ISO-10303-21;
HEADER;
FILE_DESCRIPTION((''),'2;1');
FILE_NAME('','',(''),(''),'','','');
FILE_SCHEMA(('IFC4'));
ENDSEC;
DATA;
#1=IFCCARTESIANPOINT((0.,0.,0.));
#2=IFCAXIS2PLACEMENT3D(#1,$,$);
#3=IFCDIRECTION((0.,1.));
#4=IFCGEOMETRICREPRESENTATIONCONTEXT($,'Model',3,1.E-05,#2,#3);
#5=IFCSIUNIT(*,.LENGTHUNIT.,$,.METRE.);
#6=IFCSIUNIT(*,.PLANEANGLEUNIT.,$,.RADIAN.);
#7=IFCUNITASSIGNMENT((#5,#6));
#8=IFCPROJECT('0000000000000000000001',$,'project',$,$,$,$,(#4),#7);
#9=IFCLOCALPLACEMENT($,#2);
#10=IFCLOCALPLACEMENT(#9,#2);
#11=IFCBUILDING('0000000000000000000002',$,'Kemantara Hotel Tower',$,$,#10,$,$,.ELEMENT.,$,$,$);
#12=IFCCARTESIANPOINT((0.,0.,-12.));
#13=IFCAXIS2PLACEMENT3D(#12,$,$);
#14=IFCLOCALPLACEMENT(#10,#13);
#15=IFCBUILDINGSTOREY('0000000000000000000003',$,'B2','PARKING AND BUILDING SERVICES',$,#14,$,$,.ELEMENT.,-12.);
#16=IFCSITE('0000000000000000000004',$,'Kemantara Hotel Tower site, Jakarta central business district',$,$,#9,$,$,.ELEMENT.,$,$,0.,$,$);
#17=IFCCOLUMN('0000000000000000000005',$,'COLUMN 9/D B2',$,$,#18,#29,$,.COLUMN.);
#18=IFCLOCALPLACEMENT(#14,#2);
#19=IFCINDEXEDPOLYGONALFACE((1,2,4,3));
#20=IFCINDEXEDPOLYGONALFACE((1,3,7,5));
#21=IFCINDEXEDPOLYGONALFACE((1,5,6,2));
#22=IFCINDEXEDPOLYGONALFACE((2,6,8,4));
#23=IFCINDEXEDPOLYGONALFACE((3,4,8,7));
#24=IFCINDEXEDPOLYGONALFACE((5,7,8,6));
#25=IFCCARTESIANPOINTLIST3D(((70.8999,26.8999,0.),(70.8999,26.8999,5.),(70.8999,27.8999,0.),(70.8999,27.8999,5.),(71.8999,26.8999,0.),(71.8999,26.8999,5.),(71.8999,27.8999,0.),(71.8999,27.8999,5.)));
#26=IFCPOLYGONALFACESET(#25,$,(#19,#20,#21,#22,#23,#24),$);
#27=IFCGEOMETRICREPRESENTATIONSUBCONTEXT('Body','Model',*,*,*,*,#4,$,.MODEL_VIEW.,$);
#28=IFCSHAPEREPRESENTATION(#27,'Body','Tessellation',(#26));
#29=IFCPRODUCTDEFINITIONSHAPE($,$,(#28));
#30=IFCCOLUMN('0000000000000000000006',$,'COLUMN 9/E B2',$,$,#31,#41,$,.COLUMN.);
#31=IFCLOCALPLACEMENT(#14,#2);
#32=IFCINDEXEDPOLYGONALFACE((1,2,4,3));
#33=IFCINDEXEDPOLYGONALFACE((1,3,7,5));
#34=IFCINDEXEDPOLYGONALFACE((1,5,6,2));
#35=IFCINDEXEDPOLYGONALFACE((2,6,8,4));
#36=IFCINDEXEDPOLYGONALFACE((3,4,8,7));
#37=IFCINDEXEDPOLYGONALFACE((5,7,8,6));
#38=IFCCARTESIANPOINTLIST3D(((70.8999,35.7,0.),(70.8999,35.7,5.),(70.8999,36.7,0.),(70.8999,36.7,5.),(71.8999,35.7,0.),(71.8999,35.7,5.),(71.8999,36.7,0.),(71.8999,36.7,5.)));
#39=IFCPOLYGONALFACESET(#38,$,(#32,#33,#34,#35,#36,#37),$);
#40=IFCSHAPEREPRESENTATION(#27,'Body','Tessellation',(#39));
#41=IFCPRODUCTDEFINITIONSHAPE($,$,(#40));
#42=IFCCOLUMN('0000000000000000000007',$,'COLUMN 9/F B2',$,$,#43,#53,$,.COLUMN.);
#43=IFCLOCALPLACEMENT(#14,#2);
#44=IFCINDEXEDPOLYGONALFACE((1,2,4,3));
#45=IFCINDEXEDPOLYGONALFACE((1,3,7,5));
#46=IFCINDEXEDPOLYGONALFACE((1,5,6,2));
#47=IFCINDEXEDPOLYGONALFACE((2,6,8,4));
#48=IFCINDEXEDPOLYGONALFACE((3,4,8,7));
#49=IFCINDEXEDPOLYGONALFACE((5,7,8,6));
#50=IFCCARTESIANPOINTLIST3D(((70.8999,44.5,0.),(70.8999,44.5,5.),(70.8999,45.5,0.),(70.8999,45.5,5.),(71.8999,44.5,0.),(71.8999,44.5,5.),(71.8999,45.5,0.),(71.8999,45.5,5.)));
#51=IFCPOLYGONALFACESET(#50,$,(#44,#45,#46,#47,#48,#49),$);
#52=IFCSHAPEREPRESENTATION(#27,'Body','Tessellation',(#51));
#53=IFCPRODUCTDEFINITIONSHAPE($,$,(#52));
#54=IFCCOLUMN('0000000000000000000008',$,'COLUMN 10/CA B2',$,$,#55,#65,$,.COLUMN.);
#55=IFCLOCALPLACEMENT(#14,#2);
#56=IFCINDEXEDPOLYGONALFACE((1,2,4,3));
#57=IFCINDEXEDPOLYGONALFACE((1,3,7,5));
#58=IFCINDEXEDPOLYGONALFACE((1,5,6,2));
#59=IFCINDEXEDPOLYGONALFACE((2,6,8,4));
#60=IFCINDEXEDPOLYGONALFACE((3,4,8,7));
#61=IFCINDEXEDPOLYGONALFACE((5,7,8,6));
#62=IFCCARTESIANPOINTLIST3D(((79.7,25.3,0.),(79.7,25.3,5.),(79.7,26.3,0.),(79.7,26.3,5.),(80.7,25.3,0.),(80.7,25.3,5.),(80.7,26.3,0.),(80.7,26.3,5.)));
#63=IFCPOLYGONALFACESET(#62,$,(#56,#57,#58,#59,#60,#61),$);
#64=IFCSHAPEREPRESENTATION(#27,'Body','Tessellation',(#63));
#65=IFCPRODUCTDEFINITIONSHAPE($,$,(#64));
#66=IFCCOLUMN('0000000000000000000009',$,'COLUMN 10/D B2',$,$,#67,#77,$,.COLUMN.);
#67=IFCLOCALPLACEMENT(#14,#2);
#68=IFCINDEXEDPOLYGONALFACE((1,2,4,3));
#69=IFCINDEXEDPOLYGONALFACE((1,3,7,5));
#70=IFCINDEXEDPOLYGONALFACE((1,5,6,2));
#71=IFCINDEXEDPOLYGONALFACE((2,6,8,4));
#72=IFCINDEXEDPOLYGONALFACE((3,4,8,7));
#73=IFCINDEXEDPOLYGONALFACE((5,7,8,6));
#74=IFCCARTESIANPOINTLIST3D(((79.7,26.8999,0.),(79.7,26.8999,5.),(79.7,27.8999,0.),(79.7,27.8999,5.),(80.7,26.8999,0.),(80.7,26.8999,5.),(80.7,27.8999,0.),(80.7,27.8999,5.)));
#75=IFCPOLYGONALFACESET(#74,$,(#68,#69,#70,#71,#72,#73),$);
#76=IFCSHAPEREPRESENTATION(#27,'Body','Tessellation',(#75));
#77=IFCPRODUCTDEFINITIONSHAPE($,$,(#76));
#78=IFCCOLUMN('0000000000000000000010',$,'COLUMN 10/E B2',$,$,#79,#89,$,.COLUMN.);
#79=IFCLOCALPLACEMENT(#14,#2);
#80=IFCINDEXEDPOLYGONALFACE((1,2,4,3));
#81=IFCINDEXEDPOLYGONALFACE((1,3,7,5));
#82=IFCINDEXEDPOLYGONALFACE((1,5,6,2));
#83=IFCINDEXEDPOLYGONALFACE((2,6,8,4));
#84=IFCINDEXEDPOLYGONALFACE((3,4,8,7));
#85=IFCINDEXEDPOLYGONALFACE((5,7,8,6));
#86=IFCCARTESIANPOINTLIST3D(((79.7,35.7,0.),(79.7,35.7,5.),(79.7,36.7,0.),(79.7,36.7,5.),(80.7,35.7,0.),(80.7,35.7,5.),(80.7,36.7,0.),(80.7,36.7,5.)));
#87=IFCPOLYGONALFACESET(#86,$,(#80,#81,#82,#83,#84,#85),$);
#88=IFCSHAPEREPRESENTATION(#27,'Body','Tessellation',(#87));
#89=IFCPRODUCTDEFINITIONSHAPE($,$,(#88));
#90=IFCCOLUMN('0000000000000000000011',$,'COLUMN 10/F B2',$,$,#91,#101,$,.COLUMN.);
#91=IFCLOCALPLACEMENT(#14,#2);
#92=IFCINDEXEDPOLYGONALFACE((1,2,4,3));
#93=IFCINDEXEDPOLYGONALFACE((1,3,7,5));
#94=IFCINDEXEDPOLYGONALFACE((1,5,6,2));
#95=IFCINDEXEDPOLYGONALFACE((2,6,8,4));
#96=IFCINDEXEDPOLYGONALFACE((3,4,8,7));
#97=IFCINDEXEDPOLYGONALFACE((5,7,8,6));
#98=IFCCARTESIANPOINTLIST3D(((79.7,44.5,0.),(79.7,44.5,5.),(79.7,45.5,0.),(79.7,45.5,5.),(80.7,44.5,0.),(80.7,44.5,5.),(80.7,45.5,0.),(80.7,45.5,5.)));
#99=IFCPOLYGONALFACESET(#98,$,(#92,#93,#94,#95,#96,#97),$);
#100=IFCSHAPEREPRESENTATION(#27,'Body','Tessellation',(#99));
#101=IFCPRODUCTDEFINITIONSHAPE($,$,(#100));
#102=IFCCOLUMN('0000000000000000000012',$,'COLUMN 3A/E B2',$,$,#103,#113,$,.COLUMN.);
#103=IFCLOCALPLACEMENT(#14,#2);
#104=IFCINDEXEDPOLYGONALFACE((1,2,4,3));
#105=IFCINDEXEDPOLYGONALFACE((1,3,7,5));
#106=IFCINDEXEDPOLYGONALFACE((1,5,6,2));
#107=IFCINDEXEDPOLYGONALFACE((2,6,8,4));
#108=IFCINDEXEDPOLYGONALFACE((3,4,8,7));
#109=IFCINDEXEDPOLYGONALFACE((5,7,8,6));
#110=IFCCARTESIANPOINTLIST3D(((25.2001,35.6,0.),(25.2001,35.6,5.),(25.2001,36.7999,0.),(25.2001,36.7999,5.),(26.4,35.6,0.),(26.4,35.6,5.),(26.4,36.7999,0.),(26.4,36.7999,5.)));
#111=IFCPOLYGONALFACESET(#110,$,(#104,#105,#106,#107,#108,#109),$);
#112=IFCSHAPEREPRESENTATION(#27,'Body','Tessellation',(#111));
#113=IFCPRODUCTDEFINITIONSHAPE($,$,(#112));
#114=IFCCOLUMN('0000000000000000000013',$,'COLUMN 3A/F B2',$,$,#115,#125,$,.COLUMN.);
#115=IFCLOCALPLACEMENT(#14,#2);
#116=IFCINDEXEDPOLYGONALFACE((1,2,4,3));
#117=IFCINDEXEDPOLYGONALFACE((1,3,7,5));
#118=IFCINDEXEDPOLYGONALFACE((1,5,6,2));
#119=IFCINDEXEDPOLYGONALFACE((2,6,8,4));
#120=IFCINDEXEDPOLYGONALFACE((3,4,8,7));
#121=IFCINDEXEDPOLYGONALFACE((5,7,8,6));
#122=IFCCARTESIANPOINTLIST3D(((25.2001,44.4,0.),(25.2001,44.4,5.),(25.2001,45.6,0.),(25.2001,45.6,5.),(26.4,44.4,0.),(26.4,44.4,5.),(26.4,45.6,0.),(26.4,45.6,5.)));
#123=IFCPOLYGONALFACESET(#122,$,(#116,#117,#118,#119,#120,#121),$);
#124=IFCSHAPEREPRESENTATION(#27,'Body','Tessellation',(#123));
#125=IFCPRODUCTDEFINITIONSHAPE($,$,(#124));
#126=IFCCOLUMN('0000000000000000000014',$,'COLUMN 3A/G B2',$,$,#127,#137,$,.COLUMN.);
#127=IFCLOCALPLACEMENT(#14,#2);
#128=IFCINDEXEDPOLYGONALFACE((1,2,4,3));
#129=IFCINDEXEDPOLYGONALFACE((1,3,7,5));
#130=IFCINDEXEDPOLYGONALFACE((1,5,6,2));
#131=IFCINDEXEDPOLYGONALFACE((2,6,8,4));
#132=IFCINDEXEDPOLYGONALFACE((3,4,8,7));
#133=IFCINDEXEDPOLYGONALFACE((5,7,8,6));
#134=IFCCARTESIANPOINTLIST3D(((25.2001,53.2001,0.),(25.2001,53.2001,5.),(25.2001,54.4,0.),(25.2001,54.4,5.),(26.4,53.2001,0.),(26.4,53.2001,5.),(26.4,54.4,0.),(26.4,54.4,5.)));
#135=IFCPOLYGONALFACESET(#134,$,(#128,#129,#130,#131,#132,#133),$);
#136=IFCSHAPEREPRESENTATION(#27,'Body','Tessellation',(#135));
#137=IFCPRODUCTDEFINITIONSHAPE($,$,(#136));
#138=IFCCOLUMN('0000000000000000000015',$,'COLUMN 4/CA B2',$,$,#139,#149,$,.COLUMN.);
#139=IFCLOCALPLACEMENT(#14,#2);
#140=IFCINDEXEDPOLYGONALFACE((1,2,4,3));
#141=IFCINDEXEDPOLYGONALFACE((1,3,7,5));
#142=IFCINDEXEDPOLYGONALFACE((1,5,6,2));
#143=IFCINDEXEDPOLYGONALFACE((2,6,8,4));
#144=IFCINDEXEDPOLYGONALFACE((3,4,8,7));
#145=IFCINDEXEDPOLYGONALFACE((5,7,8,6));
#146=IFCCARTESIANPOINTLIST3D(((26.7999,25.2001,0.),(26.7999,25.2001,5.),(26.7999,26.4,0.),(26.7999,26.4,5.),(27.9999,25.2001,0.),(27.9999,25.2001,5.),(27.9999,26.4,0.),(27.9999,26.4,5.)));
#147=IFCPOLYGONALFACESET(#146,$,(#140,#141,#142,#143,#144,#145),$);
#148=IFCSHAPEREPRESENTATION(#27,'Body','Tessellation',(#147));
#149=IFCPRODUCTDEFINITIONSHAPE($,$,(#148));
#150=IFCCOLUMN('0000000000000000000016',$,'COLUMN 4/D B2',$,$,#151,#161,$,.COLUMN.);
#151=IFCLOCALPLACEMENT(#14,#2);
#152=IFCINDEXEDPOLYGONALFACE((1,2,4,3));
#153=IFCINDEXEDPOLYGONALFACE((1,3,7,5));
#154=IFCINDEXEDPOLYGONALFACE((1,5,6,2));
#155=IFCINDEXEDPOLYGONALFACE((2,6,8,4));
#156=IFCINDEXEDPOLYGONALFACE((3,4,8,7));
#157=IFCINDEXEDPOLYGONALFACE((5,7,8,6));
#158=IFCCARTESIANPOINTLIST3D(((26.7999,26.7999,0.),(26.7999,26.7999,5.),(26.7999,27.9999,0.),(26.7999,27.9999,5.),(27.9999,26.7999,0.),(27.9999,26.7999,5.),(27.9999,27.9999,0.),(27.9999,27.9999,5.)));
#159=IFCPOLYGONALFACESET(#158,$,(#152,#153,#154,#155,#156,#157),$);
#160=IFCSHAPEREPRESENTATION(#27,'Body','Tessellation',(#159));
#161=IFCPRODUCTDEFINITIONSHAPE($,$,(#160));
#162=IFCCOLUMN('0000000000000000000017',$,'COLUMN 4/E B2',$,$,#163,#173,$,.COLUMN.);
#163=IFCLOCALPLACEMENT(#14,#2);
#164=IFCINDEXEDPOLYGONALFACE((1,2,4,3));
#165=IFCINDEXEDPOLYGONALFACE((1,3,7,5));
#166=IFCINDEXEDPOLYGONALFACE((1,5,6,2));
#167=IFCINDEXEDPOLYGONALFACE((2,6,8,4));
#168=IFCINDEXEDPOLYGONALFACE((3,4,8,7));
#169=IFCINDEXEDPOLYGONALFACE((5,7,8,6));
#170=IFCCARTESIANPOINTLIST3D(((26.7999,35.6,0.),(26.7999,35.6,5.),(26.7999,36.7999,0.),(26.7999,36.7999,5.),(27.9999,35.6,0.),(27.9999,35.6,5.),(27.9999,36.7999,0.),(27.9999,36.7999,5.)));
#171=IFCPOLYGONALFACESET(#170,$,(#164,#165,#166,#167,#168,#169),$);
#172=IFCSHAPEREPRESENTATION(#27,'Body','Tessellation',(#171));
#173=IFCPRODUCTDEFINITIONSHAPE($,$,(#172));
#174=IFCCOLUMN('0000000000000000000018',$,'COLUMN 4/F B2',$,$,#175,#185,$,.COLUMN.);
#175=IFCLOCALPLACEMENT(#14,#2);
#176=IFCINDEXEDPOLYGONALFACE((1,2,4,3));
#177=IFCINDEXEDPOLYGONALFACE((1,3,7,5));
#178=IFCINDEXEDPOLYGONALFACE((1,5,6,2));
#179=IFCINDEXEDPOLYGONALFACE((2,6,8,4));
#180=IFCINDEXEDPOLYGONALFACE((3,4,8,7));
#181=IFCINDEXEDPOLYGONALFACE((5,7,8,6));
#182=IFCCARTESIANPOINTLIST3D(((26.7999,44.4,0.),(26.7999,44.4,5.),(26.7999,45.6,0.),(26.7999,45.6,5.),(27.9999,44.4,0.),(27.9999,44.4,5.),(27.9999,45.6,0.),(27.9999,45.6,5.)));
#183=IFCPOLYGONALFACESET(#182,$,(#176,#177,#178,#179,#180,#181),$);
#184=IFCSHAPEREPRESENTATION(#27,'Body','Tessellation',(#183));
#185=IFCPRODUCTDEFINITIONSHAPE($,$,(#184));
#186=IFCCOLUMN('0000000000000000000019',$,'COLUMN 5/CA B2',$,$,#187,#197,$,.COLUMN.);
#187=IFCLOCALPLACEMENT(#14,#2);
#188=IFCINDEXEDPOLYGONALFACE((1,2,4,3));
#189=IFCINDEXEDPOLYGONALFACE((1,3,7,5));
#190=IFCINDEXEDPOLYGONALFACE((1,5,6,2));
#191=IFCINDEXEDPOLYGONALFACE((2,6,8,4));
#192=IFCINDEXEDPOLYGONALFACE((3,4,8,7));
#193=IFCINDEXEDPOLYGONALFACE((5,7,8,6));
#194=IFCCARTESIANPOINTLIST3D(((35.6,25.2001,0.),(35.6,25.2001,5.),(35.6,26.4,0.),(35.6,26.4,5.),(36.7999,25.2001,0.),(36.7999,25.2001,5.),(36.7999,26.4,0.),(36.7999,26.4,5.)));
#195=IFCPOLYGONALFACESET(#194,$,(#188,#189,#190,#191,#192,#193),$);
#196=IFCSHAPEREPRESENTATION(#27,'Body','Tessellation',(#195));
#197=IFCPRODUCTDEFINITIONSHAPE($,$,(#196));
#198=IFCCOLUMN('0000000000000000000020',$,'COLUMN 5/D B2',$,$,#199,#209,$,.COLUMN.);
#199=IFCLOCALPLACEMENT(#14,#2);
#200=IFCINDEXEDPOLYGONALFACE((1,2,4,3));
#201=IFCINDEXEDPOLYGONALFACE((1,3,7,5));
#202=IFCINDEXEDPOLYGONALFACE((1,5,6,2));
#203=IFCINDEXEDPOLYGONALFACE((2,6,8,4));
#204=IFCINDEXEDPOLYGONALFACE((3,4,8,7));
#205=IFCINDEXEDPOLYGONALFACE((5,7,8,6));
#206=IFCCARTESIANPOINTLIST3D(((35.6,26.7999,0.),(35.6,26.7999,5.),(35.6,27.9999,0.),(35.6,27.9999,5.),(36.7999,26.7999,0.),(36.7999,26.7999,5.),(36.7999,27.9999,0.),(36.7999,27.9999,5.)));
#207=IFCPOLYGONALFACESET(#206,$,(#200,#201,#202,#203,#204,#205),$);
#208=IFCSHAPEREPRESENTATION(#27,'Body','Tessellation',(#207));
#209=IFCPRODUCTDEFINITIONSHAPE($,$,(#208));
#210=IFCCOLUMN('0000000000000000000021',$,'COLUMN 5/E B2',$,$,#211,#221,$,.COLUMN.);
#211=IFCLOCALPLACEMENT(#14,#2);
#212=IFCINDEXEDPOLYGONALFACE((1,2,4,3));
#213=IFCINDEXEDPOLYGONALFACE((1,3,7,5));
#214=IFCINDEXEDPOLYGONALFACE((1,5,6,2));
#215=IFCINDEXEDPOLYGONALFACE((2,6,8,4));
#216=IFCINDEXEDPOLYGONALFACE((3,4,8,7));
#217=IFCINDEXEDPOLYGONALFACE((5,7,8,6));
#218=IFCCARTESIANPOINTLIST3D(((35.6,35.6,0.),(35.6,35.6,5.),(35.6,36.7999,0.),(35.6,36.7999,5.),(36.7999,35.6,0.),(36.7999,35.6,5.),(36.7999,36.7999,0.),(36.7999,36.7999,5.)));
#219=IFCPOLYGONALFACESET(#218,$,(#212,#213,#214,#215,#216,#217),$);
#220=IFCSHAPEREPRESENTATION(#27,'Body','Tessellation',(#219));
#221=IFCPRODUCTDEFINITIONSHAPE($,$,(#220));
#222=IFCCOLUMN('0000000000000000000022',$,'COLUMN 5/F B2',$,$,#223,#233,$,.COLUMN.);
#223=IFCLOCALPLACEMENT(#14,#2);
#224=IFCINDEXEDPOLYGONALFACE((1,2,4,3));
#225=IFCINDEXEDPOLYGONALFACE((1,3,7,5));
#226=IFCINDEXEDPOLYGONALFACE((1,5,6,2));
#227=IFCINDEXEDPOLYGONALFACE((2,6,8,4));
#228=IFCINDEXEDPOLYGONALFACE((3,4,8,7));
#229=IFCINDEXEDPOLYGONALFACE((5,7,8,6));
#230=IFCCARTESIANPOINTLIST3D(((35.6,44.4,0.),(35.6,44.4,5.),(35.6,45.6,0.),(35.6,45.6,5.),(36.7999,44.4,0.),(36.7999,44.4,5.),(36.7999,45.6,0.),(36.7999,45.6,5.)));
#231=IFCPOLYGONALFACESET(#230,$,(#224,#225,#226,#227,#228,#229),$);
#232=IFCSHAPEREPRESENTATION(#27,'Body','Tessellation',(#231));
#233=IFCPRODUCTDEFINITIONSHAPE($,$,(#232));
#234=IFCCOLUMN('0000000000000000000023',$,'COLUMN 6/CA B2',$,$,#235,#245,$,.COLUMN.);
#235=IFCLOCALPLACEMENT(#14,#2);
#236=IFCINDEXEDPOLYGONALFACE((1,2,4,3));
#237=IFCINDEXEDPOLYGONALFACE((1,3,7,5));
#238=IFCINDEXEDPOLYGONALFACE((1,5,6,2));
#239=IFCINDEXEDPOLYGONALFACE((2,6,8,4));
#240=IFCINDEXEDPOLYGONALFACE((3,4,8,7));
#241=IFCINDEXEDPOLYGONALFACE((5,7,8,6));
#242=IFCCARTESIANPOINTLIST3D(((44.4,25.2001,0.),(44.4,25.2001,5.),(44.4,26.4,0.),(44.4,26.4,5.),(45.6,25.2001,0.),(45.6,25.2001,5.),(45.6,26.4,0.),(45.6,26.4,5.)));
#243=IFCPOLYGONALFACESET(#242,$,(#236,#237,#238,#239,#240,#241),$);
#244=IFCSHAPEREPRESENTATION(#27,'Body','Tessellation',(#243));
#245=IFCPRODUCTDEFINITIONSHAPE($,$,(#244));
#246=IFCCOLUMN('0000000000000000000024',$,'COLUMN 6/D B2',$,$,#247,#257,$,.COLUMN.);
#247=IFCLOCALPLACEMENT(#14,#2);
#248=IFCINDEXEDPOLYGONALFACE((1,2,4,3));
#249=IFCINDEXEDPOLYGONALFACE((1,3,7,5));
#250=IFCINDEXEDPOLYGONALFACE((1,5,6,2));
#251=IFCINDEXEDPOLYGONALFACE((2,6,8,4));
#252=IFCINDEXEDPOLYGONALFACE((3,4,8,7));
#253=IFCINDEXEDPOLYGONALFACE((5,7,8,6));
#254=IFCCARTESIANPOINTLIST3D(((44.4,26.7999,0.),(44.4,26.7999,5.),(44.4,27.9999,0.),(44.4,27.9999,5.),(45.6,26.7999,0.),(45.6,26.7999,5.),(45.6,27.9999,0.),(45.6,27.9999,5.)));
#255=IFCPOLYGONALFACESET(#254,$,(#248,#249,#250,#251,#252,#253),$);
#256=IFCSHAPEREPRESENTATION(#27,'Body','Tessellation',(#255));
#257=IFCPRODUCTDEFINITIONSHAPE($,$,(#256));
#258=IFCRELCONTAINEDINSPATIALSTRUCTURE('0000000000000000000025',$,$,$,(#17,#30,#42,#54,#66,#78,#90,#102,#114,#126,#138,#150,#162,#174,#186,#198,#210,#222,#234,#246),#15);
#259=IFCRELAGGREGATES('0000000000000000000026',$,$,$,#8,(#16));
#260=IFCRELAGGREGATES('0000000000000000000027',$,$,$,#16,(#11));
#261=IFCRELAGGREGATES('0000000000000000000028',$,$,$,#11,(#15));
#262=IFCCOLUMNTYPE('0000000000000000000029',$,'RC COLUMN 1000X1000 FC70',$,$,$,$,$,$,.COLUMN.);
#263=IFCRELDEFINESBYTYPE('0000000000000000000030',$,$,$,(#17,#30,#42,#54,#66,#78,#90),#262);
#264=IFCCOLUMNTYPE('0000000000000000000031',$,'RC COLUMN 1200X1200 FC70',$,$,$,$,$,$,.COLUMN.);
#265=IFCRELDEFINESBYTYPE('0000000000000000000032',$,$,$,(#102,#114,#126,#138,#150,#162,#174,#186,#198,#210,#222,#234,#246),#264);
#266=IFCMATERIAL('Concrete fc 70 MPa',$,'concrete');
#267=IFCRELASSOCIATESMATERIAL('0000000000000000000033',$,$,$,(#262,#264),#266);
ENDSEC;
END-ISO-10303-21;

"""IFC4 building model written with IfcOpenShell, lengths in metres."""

from ifc_helpers import new_model, si_unit, direction, frame, origin, origin_2d, place, context, subcontext, project, spatial, rectangle, extrude, material, material_profile, profile_set, type_object, element, save


model = new_model("IFC4")

# Units and contexts
model_context = context("Model", 3, precision=1e-05, world=origin(), true_north=direction((0.0, 1.0)))
body_context = subcontext(model_context, "Body", "Model", "MODEL_VIEW")
ifc_project = project(units=[si_unit("LENGTHUNIT", "METRE"), si_unit("PLANEANGLEUNIT", "RADIAN")], contexts=[model_context])

# Site, building, storey
site_placement = place(None, origin())
site = spatial("IfcSite", under=ifc_project, at=site_placement, Name="Kemantara Hotel Tower site, Jakarta central business district", CompositionType="ELEMENT", RefElevation=0.0)
building_placement = place(site_placement, origin())
building = spatial("IfcBuilding", under=site, at=building_placement, Name="Kemantara Hotel Tower", CompositionType="ELEMENT")
storey_placement = place(building_placement, frame((0.0, 0.0, -12.0)))
storey = spatial("IfcBuildingStorey", under=building, at=storey_placement, Name="B2", Description="PARKING AND BUILDING SERVICES", CompositionType="ELEMENT", Elevation=-12.0)

# Columns
ifc_material = material(Name="Concrete fc 70 MPa", Category="concrete")
ifc_material_profile_1 = material_profile(ifc_material, rectangle(XDim=1.0, YDim=1.0, at=origin_2d()), Name="RC 1000X1000")
ifc_profile_set_1 = profile_set([ifc_material_profile_1], Name="Concrete fc 70 MPa")
column_type_1 = type_object("IfcColumnType", Name="RC COLUMN 1000X1000 FC70", PredefinedType="COLUMN", material=ifc_profile_set_1)
for number, where, z_axis, x_axis, name in (
    (1, (71.3999, 27.3999, 0.0), (0.0, 0.0, 1.0), (1.0, 0.0, 0.0), "COLUMN 9/D B2"),
    (2, (71.3999, 36.2, 0.0), (0.0, 0.0, 1.0), (1.0, 0.0, 0.0), "COLUMN 9/E B2"),
    (3, (71.3999, 45.0, 0.0), (0.0, 0.0, 1.0), (1.0, 0.0, 0.0), "COLUMN 9/F B2"),
    (4, (80.2, 25.8, 0.0), (0.0, 0.0, 1.0), (1.0, 0.0, 0.0), "COLUMN 10/CA B2"),
    (5, (80.2, 27.3999, 0.0), (0.0, 0.0, 1.0), (1.0, 0.0, 0.0), "COLUMN 10/D B2"),
    (6, (80.2, 36.2, 0.0), (0.0, 0.0, 1.0), (1.0, 0.0, 0.0), "COLUMN 10/E B2"),
    (7, (80.2, 45.0, 0.0), (0.0, 0.0, 1.0), (1.0, 0.0, 0.0), "COLUMN 10/F B2"),
):
    element("IfcColumn", number, at=place(storey_placement, frame(where, z_axis=z_axis, x_axis=x_axis)), inside=storey, type_object=column_type_1, Name=name, PredefinedType="COLUMN", context=body_context, shape_type="SweptSolid", body=[
        extrude(rectangle(XDim=1.0, YDim=1.0, at=origin_2d()), origin(), (0.0, 0.0, 1.0), 5.0),
    ])
ifc_material_profile_2 = material_profile(ifc_material, rectangle(XDim=1.2, YDim=1.2, at=origin_2d()), Name="RC 1200X1200")
ifc_profile_set_2 = profile_set([ifc_material_profile_2], Name="Concrete fc 70 MPa")
column_type_2 = type_object("IfcColumnType", Name="RC COLUMN 1200X1200 FC70", PredefinedType="COLUMN", material=ifc_profile_set_2)
for number, where, z_axis, x_axis, name in (
    (8, (25.8, 36.2, 0.0), (0.0, 0.0, 1.0), (1.0, 0.0, 0.0), "COLUMN 3A/E B2"),
    (9, (25.8, 45.0, 0.0), (0.0, 0.0, 1.0), (1.0, 0.0, 0.0), "COLUMN 3A/F B2"),
    (10, (25.8, 53.8, 0.0), (0.0, 0.0, 1.0), (1.0, 0.0, 0.0), "COLUMN 3A/G B2"),
    (11, (27.3999, 25.8, 0.0), (0.0, 0.0, 1.0), (1.0, 0.0, 0.0), "COLUMN 4/CA B2"),
    (12, (27.3999, 27.3999, 0.0), (0.0, 0.0, 1.0), (1.0, 0.0, 0.0), "COLUMN 4/D B2"),
    (13, (27.3999, 36.2, 0.0), (0.0, 0.0, 1.0), (1.0, 0.0, 0.0), "COLUMN 4/E B2"),
    (14, (27.3999, 45.0, 0.0), (0.0, 0.0, 1.0), (1.0, 0.0, 0.0), "COLUMN 4/F B2"),
    (15, (36.2, 25.8, 0.0), (0.0, 0.0, 1.0), (1.0, 0.0, 0.0), "COLUMN 5/CA B2"),
    (16, (36.2, 27.3999, 0.0), (0.0, 0.0, 1.0), (1.0, 0.0, 0.0), "COLUMN 5/D B2"),
    (17, (36.2, 36.2, 0.0), (0.0, 0.0, 1.0), (1.0, 0.0, 0.0), "COLUMN 5/E B2"),
    (18, (36.2, 45.0, 0.0), (0.0, 0.0, 1.0), (1.0, 0.0, 0.0), "COLUMN 5/F B2"),
    (19, (45.0, 25.8, 0.0), (0.0, 0.0, 1.0), (1.0, 0.0, 0.0), "COLUMN 6/CA B2"),
    (20, (45.0, 27.3999, 0.0), (0.0, 0.0, 1.0), (1.0, 0.0, 0.0), "COLUMN 6/D B2"),
):
    element("IfcColumn", number, at=place(storey_placement, frame(where, z_axis=z_axis, x_axis=x_axis)), inside=storey, type_object=column_type_2, Name=name, PredefinedType="COLUMN", context=body_context, shape_type="SweptSolid", body=[
        extrude(rectangle(XDim=1.2, YDim=1.2, at=origin_2d()), origin(), (0.0, 0.0, 1.0), 5.0),
    ])

save(model, "model.ifc")
